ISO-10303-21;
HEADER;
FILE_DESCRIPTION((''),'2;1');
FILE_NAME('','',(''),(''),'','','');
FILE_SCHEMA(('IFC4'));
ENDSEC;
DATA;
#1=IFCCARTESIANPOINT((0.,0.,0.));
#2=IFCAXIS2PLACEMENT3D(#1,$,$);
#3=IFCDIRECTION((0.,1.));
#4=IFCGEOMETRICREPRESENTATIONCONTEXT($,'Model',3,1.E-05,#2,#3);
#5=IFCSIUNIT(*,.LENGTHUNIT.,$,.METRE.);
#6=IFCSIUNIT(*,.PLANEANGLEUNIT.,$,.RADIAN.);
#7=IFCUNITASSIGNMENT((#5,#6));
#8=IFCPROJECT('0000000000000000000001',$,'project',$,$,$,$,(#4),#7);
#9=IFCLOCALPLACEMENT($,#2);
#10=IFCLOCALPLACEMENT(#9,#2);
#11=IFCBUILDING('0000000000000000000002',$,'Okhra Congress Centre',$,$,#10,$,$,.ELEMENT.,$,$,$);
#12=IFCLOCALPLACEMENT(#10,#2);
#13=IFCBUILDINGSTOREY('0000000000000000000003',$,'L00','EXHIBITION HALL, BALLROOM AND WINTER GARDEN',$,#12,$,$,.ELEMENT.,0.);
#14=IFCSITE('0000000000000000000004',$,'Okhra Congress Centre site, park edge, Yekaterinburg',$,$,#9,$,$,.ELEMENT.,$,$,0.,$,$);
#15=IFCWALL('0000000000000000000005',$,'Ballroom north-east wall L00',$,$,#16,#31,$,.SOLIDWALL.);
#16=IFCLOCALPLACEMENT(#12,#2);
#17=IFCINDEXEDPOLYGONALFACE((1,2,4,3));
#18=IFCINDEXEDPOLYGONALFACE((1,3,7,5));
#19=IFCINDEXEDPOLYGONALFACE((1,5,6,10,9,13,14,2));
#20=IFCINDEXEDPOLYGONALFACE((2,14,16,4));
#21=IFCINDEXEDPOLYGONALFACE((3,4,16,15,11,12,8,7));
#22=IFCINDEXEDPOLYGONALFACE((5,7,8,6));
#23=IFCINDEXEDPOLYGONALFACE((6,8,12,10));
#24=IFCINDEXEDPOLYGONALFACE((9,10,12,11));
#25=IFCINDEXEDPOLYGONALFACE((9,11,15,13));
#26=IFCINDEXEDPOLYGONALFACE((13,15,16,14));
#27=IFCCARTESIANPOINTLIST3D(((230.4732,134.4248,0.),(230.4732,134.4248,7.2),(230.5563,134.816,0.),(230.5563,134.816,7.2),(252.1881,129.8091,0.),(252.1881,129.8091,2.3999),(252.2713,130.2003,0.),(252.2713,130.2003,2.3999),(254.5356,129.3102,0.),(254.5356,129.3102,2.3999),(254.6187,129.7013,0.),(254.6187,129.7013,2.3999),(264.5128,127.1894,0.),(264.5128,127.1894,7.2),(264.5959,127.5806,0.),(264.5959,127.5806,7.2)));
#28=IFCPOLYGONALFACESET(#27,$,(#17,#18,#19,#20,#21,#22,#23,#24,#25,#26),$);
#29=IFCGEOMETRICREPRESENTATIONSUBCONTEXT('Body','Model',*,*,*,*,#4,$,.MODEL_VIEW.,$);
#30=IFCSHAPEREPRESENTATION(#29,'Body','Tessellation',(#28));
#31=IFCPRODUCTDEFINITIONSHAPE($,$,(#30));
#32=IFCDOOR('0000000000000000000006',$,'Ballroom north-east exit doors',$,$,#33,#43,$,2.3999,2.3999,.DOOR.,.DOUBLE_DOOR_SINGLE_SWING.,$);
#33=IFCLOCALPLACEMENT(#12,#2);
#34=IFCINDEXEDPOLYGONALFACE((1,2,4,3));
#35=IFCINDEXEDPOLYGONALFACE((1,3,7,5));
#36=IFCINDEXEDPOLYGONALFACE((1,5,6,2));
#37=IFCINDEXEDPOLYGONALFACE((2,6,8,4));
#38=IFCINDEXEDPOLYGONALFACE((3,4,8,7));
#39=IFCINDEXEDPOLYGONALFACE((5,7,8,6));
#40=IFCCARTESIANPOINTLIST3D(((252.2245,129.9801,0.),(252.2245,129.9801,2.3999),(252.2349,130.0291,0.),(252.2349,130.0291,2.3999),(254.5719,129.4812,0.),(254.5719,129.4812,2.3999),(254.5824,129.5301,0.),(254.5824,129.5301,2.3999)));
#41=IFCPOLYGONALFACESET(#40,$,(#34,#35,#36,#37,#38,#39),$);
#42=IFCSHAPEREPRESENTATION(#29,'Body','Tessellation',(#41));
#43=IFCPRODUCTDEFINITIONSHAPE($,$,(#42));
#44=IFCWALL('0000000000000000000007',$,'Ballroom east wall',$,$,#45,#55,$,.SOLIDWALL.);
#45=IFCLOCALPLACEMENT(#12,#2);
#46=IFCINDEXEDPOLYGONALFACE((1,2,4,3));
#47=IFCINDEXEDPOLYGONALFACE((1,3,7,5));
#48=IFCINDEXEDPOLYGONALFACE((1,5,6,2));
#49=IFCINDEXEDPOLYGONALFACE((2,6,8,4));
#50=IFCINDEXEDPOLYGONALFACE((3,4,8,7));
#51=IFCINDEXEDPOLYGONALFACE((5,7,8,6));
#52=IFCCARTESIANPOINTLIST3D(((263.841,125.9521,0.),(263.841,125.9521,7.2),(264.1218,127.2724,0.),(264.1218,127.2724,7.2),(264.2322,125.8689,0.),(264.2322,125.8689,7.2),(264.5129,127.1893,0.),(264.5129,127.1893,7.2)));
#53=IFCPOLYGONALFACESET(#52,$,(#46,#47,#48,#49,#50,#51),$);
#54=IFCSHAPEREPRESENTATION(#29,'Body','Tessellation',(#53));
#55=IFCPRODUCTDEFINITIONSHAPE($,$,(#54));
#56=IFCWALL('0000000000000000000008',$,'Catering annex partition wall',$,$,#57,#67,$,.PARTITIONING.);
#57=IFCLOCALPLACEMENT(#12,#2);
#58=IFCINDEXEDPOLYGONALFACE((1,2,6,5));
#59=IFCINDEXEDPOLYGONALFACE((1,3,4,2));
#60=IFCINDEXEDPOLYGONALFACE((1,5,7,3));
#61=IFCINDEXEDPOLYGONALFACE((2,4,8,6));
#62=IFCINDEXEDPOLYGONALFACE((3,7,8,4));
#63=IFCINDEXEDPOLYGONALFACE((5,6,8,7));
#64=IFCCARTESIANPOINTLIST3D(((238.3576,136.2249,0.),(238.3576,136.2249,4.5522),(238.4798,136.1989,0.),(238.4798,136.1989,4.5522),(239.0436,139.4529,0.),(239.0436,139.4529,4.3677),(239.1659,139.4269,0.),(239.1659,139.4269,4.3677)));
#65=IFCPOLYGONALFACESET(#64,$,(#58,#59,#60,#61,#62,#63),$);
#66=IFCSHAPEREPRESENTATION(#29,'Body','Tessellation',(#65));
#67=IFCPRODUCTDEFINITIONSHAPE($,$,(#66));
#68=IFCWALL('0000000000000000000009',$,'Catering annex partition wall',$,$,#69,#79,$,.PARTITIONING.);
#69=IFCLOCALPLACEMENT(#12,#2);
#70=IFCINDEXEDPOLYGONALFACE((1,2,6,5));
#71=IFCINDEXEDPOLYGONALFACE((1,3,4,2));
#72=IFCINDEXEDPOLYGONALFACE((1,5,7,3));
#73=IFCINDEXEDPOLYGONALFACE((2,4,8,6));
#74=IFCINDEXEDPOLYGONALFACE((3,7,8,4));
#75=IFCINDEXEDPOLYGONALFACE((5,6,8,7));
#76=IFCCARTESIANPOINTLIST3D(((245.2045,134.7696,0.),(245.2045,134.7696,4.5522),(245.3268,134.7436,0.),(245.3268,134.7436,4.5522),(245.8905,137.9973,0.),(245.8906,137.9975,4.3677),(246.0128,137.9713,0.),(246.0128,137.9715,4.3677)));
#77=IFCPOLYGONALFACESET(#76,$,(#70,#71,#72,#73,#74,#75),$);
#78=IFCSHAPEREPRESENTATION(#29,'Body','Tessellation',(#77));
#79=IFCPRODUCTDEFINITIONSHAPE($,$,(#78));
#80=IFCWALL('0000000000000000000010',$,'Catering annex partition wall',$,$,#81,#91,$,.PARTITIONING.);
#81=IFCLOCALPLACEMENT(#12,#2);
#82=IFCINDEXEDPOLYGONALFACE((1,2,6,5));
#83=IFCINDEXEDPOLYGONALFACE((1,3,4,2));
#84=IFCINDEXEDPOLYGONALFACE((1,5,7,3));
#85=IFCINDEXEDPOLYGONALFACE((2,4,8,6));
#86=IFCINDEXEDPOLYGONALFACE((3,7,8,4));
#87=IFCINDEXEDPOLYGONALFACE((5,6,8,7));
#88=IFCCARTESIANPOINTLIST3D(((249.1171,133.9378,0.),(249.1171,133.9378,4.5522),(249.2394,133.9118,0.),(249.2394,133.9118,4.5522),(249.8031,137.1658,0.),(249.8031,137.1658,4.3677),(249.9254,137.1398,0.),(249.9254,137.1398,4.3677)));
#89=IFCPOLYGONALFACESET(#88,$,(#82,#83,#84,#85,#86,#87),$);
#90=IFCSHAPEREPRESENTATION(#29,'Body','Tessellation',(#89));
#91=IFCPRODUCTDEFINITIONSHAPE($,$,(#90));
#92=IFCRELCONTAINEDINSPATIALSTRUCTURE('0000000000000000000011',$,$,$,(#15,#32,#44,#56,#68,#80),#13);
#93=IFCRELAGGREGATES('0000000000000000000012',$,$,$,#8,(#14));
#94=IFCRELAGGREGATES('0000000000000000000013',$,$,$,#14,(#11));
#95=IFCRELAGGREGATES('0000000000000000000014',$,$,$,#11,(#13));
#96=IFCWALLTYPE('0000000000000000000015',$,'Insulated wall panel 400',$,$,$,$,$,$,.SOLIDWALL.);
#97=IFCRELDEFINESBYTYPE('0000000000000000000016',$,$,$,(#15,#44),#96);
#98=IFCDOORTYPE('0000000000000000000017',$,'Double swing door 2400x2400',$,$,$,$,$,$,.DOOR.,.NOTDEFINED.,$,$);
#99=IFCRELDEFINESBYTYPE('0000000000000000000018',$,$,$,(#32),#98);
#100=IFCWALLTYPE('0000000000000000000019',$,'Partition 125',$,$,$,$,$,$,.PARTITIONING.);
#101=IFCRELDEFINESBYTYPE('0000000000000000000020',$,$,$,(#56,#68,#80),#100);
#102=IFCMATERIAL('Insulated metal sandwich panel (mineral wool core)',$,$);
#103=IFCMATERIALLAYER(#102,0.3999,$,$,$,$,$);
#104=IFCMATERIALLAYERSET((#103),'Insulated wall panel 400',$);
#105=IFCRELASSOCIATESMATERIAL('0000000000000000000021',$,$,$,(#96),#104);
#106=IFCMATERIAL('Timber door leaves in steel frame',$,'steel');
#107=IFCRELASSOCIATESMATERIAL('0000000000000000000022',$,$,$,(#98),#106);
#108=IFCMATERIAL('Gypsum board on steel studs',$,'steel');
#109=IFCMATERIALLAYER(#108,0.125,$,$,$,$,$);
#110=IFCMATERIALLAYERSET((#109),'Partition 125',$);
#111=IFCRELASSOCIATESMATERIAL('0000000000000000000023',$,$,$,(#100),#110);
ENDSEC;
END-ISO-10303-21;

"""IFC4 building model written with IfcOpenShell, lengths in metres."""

from ifc_helpers import new_model, si_unit, direction, frame, frame_2d, origin, place, context, subcontext, project, spatial, polyline, rectangle, outline, extrude, material, layer, layer_set, type_object, element, fill, save


model = new_model("IFC4")

# Units and contexts
model_context = context("Model", 3, precision=1e-05, world=origin(), true_north=direction((0.0, 1.0)))
body_context = subcontext(model_context, "Body", "Model", "MODEL_VIEW")
ifc_project = project(units=[si_unit("LENGTHUNIT", "METRE"), si_unit("PLANEANGLEUNIT", "RADIAN")], contexts=[model_context])

# Site, building, storey
site_placement = place(None, origin())
site = spatial("IfcSite", under=ifc_project, at=site_placement, Name="Okhra Congress Centre site, park edge, Yekaterinburg", CompositionType="ELEMENT", RefElevation=0.0)
building_placement = place(site_placement, origin())
building = spatial("IfcBuilding", under=site, at=building_placement, Name="Okhra Congress Centre", CompositionType="ELEMENT")
storey_placement = place(building_placement, origin())
storey = spatial("IfcBuildingStorey", under=building, at=storey_placement, Name="L00", Description="EXHIBITION HALL, BALLROOM AND WINTER GARDEN", CompositionType="ELEMENT", Elevation=0.0)

# Wall, opening, door
ifc_material_1 = material(Name="Insulated metal sandwich panel (mineral wool core)")
ifc_layer_1 = layer(ifc_material_1, 0.3999)
ifc_layer_set_1 = layer_set([ifc_layer_1], Name="Insulated wall panel 400")
wall_type_1 = type_object("IfcWallType", Name="Insulated wall panel 400", PredefinedType="SOLIDWALL", material=ifc_layer_set_1)
wall_1_placement = place(storey_placement, frame((230.5149, 134.6204, 0.0), z_axis=(0.0, 0.0, 1.0), x_axis=(0.978147, -0.207912, 0.0)))
wall_1 = element("IfcWall", 1, at=wall_1_placement, inside=storey, type_object=wall_type_1, Name="Ballroom north-east wall L00", PredefinedType="SOLIDWALL", context=body_context, shape_type="SweptSolid", body=[
    extrude(rectangle(XDim=34.8, YDim=0.3999, at=frame_2d((17.3999, 0.0))), origin(), (0.0, 0.0, 1.0), 7.2),
])
opening_1_placement = place(wall_1_placement, frame((22.2, 0.0, 0.0)))
opening_1 = element("IfcOpeningElement", 2, at=opening_1_placement, cuts=wall_1, PredefinedType="OPENING", context=body_context, shape_type="SweptSolid", body=[
    extrude(rectangle(XDim=2.3999, YDim=2.3999, at=frame_2d((1.2, 1.2))), frame((0.0, 0.21, 0.0), z_axis=(0.0, -1.0, 0.0), x_axis=(1.0, 0.0, 0.0)), (0.0, 0.0, 1.0), 0.4199),
])
ifc_material_2 = material(Name="Timber door leaves in steel frame", Category="steel")
door_type_1 = type_object("IfcDoorType", Name="Double swing door 2400x2400", OperationType="NOTDEFINED", PredefinedType="DOOR", material=ifc_material_2)
door_1_placement = place(opening_1_placement, origin())
door_1 = element("IfcDoor", 3, at=door_1_placement, inside=storey, type_object=door_type_1, Name="Ballroom north-east exit doors", OperationType="DOUBLE_DOOR_SINGLE_SWING", OverallHeight=2.3999, OverallWidth=2.3999, PredefinedType="DOOR", context=body_context, shape_type="SweptSolid", body=[
    extrude(rectangle(XDim=2.3999, YDim=2.3999, at=frame_2d((1.2, 1.2))), frame((0.0, 0.0249, 0.0), z_axis=(0.0, -1.0, 0.0), x_axis=(1.0, 0.0, 0.0)), (0.0, 0.0, 1.0), 0.05),
])
fill(opening_1, door_1)

# Walls
wall_2_placement = place(storey_placement, frame((264.0366, 125.9106, 0.0), z_axis=(0.0, 0.0, 1.0), x_axis=(0.207997, 0.978129, 0.0)))
element("IfcWall", 4, at=wall_2_placement, inside=storey, type_object=wall_type_1, Name="Ballroom east wall", PredefinedType="SOLIDWALL", context=body_context, shape_type="SweptSolid", body=[
    extrude(rectangle(XDim=1.3499, YDim=0.3999, at=frame_2d((0.6748, 0.0))), origin(), (0.0, 0.0, 1.0), 7.2),
])
ifc_material_3 = material(Name="Gypsum board on steel studs", Category="steel")
ifc_layer_2 = layer(ifc_material_3, 0.125)
ifc_layer_set_2 = layer_set([ifc_layer_2], Name="Partition 125")
wall_type_2 = type_object("IfcWallType", Name="Partition 125", PredefinedType="PARTITIONING", material=ifc_layer_set_2)
wall_3_placement = place(storey_placement, frame((238.4187, 136.2119, 0.0), z_axis=(0.0, 0.0, 1.0), x_axis=(0.207882, 0.978154, 0.0)))
element("IfcWall", 5, at=wall_3_placement, inside=storey, type_object=wall_type_2, Name="Catering annex partition wall", PredefinedType="PARTITIONING", context=body_context, shape_type="SweptSolid", body=[
    extrude(outline(polyline([(0.0, 0.0), (3.3, 0.0), (3.3, 4.3677), (0.0, 4.5522), (0.0, 0.0)])), frame((0.0, 0.0625, 0.0), z_axis=(0.0, -1.0, 0.0), x_axis=(1.0, 0.0, 0.0)), (0.0, 0.0, 1.0), 0.125),
])
wall_4_placement = place(storey_placement, frame((245.2656, 134.7566, 0.0), z_axis=(0.0, 0.0, 1.0), x_axis=(0.207897, 0.978151, 0.0)))
element("IfcWall", 6, at=wall_4_placement, inside=storey, type_object=wall_type_2, Name="Catering annex partition wall", PredefinedType="PARTITIONING", context=body_context, shape_type="SweptSolid", body=[
    extrude(outline(polyline([(0.0, 0.0), (3.2998, 0.0), (3.3, 4.3677), (0.0, 4.5522), (0.0, 0.0)])), frame((0.0, 0.0625, 0.0), z_axis=(0.0, -1.0, 0.0), x_axis=(1.0, 0.0, 0.0)), (0.0, 0.0, 1.0), 0.125),
])
wall_5_placement = place(storey_placement, frame((249.1782, 133.9248, 0.0), z_axis=(0.0, 0.0, 1.0), x_axis=(0.207882, 0.978154, 0.0)))
element("IfcWall", 7, at=wall_5_placement, inside=storey, type_object=wall_type_2, Name="Catering annex partition wall", PredefinedType="PARTITIONING", context=body_context, shape_type="SweptSolid", body=[
    extrude(outline(polyline([(0.0, 0.0), (3.3, 0.0), (3.3, 4.3677), (0.0, 4.5522), (0.0, 0.0)])), frame((0.0, 0.0625, 0.0), z_axis=(0.0, -1.0, 0.0), x_axis=(1.0, 0.0, 0.0)), (0.0, 0.0, 1.0), 0.125),
])

save(model, "model.ifc")
